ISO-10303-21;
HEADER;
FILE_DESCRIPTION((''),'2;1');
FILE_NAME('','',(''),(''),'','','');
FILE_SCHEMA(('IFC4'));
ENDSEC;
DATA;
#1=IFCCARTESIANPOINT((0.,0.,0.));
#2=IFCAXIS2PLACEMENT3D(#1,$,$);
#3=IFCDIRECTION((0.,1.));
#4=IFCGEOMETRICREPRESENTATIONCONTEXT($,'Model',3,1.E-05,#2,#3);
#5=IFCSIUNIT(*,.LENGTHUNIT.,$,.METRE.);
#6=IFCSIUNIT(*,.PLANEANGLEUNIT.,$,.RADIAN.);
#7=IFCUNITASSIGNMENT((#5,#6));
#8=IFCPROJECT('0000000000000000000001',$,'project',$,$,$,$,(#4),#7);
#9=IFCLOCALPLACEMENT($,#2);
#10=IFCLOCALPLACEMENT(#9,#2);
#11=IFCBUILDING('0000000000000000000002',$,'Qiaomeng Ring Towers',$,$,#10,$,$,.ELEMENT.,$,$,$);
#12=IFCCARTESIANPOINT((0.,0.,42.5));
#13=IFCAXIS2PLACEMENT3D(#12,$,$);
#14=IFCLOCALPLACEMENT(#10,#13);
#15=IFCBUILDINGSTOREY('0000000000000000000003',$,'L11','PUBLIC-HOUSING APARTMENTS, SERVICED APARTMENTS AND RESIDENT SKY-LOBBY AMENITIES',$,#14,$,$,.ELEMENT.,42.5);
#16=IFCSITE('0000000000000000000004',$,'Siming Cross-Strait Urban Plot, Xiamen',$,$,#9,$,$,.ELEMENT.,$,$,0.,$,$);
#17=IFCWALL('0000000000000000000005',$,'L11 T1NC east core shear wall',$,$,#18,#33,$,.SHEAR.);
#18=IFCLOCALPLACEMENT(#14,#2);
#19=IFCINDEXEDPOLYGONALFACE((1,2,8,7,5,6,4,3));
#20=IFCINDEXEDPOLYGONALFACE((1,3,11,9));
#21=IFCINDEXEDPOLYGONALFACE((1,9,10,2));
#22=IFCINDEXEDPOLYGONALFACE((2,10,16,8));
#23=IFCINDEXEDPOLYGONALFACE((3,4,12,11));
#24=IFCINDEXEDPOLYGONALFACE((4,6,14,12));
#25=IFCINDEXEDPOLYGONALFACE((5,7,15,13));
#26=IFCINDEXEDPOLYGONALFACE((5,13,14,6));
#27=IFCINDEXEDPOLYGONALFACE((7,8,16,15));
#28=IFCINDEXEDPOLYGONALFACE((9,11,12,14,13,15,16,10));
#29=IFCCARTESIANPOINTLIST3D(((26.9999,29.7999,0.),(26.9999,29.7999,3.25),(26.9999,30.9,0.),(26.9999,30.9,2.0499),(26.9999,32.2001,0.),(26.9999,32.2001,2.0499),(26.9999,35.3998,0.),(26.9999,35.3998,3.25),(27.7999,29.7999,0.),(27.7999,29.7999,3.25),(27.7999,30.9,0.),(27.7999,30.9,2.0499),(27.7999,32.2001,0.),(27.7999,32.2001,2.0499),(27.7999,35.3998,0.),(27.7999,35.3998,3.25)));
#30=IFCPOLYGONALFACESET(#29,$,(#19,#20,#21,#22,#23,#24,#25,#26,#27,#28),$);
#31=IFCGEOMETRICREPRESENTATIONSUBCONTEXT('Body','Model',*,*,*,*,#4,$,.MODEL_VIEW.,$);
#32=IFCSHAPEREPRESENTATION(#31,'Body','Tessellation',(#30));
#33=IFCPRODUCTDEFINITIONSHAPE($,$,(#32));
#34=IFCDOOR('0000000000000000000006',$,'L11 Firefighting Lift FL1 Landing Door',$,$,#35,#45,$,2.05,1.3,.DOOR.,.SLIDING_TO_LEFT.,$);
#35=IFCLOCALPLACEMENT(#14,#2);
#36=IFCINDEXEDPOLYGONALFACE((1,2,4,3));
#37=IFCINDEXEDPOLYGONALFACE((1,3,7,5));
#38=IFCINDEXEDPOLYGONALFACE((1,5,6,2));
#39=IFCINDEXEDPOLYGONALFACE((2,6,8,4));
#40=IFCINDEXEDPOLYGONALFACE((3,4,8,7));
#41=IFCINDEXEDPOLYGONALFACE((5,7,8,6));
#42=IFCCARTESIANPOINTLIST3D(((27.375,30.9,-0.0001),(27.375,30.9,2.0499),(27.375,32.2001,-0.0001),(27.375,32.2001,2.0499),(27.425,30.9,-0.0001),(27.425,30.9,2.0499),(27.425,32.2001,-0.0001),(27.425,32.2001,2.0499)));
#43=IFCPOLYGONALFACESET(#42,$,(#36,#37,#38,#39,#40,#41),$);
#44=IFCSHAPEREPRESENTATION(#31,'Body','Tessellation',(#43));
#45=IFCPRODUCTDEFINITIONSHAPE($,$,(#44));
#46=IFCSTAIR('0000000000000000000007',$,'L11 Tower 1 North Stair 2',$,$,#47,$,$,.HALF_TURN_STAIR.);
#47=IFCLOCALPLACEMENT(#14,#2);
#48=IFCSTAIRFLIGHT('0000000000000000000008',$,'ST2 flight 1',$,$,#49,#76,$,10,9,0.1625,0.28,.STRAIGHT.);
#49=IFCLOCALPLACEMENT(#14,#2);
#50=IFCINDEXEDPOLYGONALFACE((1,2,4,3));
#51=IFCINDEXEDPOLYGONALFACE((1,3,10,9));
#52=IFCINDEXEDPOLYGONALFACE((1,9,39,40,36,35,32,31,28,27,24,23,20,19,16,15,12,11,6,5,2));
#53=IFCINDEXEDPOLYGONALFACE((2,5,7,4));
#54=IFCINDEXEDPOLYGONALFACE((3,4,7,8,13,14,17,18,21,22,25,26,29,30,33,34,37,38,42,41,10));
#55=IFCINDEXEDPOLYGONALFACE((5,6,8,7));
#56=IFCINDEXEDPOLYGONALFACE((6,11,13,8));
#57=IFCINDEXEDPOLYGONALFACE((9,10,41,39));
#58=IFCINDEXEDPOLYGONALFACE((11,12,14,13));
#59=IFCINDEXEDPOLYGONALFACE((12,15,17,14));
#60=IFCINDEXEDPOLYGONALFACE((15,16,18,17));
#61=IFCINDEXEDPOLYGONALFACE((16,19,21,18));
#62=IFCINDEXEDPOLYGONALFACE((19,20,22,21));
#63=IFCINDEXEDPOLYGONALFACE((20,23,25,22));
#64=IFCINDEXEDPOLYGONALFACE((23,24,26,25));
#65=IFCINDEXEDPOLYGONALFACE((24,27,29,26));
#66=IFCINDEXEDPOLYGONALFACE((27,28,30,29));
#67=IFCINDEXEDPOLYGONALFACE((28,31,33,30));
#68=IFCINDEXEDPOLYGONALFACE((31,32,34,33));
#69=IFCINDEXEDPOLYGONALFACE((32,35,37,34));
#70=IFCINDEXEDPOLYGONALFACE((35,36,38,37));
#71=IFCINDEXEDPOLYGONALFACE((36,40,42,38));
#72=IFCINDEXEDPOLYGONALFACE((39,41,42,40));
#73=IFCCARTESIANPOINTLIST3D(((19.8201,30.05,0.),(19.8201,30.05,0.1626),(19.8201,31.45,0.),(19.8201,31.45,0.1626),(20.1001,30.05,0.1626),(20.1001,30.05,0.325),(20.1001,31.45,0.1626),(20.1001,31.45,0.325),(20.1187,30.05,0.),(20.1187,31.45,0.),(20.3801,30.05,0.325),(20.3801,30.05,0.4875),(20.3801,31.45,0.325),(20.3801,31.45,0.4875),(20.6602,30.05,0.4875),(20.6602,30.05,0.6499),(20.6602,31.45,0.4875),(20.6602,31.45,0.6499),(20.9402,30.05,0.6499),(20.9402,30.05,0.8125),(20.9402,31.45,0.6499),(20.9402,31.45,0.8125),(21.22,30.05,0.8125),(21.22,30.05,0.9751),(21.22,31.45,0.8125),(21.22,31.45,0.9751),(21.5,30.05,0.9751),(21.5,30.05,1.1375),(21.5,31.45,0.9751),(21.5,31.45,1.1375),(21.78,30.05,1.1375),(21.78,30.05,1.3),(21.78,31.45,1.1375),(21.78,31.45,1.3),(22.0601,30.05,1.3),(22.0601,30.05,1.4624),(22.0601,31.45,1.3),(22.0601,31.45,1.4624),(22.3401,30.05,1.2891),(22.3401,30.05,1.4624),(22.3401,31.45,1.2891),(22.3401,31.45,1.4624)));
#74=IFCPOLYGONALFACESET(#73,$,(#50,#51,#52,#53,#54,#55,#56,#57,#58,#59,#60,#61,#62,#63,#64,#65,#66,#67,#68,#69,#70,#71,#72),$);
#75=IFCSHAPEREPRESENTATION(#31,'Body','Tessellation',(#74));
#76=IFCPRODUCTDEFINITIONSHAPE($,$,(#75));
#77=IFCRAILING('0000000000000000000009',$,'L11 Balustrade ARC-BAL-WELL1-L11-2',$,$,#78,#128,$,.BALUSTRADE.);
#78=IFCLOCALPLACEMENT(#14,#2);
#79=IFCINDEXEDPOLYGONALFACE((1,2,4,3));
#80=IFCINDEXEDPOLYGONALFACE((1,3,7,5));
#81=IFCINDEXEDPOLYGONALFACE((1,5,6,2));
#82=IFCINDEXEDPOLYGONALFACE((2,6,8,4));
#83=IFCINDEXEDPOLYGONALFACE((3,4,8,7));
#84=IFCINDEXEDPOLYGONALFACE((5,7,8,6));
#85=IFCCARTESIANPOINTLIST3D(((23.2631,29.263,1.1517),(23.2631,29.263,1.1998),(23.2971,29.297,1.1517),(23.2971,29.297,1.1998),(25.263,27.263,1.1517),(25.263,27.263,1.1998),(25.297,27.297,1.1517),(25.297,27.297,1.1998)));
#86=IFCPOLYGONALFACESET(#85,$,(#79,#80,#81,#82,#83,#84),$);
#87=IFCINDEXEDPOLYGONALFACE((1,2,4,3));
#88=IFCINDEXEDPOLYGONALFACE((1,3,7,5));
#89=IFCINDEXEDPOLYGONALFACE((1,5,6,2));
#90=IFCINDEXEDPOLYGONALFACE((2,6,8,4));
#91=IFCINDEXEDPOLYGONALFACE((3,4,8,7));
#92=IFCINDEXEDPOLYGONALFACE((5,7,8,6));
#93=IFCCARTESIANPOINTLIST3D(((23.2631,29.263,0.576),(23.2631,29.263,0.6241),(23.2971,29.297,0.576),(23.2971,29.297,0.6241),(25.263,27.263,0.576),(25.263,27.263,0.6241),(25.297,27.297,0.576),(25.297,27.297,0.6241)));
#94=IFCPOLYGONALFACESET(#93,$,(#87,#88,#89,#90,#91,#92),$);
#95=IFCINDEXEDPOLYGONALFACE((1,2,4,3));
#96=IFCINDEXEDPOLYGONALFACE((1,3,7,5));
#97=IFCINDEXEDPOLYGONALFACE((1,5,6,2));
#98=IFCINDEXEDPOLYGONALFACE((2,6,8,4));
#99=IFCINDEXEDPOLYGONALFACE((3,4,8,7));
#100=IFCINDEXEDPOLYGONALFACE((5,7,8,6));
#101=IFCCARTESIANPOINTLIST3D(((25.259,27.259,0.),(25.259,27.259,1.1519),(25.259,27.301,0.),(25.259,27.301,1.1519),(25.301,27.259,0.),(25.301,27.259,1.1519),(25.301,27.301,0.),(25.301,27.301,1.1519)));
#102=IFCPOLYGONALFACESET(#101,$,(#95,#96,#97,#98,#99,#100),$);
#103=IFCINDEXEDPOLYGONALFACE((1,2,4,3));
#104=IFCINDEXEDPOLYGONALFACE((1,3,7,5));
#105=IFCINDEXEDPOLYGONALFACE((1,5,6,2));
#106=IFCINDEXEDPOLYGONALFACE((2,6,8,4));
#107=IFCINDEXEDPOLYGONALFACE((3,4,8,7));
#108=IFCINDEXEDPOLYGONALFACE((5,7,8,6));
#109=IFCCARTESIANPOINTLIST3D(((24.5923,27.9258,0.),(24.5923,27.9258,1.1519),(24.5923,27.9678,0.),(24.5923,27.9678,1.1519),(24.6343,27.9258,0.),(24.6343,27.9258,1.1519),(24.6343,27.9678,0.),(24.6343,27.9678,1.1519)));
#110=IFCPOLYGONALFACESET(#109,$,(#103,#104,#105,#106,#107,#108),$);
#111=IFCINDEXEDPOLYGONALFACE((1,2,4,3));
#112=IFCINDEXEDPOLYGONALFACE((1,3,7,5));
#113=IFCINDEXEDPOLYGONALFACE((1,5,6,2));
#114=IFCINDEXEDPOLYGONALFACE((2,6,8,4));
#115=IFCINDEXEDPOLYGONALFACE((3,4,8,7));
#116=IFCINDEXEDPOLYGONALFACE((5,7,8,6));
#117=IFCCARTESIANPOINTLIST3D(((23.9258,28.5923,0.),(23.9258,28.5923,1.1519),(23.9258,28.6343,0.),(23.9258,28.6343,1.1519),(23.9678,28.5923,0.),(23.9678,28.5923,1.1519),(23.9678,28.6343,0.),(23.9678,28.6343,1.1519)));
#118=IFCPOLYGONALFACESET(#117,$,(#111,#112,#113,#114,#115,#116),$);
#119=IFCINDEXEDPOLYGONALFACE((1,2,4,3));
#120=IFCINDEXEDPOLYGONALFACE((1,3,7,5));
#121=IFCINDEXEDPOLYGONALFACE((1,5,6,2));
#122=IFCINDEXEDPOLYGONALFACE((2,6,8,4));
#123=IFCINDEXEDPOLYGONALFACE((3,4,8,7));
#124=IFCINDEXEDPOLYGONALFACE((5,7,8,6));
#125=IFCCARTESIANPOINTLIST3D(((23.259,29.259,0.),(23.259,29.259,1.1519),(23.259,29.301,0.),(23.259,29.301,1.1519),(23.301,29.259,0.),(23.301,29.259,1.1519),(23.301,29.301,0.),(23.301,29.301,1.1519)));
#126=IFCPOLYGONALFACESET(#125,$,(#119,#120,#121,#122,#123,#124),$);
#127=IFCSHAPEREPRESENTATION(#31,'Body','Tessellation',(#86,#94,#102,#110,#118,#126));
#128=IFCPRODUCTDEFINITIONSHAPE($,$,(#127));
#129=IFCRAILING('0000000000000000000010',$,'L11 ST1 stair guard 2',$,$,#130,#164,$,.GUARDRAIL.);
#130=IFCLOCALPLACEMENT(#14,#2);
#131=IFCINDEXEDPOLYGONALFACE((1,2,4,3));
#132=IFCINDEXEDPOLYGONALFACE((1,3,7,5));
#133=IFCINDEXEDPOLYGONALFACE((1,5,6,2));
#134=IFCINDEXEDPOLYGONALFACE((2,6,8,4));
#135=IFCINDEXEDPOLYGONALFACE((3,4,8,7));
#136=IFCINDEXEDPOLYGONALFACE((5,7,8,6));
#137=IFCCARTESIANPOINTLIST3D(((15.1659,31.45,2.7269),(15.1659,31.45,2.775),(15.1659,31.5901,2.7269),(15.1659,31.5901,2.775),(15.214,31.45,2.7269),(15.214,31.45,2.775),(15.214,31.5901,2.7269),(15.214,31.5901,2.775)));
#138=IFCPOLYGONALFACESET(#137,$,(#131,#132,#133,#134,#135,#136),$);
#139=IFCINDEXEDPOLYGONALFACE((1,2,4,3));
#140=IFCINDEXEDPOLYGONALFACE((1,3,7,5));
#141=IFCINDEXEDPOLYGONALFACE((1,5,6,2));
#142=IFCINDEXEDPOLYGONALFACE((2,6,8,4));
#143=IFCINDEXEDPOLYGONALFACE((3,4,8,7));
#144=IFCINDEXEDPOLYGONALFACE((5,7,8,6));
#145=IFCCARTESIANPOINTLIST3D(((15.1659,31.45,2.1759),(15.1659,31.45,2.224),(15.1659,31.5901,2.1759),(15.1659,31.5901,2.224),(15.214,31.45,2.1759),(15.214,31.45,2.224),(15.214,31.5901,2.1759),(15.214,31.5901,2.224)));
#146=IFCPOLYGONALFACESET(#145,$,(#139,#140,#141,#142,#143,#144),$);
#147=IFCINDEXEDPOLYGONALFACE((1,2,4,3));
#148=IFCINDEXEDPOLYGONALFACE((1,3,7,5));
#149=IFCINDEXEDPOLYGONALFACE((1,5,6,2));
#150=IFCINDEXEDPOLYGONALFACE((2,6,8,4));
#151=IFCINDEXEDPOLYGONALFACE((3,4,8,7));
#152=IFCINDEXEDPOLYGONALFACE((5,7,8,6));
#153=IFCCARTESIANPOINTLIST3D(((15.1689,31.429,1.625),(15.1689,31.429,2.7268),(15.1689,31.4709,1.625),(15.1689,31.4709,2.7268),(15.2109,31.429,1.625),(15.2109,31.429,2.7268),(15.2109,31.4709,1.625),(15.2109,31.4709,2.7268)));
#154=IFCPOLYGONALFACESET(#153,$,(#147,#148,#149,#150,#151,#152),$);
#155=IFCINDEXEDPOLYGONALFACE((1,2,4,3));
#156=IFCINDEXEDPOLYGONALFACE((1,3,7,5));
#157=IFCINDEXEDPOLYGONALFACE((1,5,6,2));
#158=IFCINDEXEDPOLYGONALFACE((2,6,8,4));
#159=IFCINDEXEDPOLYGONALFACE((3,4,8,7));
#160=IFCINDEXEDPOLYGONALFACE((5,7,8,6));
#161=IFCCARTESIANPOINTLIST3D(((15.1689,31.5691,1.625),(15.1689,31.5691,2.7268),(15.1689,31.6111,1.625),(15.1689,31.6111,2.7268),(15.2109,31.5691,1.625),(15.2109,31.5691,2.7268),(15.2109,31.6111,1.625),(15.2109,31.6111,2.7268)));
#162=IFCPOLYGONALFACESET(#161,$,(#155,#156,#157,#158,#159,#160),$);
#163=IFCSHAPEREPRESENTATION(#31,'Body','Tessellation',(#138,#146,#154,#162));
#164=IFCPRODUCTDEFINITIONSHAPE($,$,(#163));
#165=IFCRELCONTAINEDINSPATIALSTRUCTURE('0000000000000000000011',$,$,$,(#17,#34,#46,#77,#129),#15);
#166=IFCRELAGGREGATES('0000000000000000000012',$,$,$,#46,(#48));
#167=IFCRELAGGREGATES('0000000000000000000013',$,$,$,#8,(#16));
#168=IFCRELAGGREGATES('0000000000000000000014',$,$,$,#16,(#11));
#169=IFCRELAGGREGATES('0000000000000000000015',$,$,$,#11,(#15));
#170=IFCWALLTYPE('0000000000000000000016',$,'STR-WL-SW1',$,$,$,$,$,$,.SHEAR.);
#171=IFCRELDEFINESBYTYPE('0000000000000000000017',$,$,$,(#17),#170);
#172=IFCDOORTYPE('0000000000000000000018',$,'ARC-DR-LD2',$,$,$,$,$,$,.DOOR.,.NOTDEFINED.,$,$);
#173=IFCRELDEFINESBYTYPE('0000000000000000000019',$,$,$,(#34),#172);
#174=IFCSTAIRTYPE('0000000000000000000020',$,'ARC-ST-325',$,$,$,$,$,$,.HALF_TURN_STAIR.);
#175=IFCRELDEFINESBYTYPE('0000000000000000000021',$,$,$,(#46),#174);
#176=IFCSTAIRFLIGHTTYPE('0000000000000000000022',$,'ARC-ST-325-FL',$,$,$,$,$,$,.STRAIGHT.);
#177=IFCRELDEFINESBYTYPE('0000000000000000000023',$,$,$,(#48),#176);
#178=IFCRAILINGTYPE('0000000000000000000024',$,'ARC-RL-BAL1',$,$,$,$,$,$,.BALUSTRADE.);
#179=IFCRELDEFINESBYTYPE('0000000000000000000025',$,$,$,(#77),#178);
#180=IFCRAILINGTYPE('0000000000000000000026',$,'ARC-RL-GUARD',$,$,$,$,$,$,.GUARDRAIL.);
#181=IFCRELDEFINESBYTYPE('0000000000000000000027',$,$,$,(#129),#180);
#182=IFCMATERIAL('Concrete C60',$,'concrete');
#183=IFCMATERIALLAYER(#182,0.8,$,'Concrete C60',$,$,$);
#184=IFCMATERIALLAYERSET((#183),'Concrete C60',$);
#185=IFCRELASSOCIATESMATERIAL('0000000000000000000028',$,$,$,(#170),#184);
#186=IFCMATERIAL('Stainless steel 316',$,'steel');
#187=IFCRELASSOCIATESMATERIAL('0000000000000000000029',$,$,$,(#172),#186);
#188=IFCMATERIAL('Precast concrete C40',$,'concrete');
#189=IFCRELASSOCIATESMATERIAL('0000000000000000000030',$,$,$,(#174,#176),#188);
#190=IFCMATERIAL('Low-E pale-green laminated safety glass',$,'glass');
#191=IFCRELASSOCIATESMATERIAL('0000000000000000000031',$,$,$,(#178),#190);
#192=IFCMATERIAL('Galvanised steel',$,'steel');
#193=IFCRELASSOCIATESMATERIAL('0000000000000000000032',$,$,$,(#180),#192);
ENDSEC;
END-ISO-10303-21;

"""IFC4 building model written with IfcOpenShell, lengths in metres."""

from ifc_helpers import new_model, si_unit, direction, frame, frame_2d, origin, origin_2d, place, context, subcontext, project, spatial, polyline, rectangle, outline, extrude, source, transform, mapped, material, layer, layer_set, type_object, element, fill, aggregate, save


model = new_model("IFC4")

# Units and contexts
model_context = context("Model", 3, precision=1e-05, world=origin(), true_north=direction((0.0, 1.0)))
body_context = subcontext(model_context, "Body", "Model", "MODEL_VIEW")
ifc_project = project(units=[si_unit("LENGTHUNIT", "METRE"), si_unit("PLANEANGLEUNIT", "RADIAN")], contexts=[model_context])

# Site, building, storey
site_placement = place(None, origin())
site = spatial("IfcSite", under=ifc_project, at=site_placement, Name="Siming Cross-Strait Urban Plot, Xiamen", CompositionType="ELEMENT", RefElevation=0.0)
building_placement = place(site_placement, origin())
building = spatial("IfcBuilding", under=site, at=building_placement, Name="Qiaomeng Ring Towers", CompositionType="ELEMENT")
storey_placement = place(building_placement, frame((0.0, 0.0, 42.5)))
storey = spatial("IfcBuildingStorey", under=building, at=storey_placement, Name="L11", Description="PUBLIC-HOUSING APARTMENTS, SERVICED APARTMENTS AND RESIDENT SKY-LOBBY AMENITIES", CompositionType="ELEMENT", Elevation=42.5)

# Shared definitions
ifc_material_1 = material(Name="Galvanised steel", Category="steel")

# Wall, opening, door
ifc_material_2 = material(Name="Concrete C60", Category="concrete")
ifc_layer_1 = layer(ifc_material_2, 0.8, Name="Concrete C60")
ifc_layer_set_1 = layer_set([ifc_layer_1], Name="Concrete C60")
wall_type_1 = type_object("IfcWallType", Name="STR-WL-SW1", PredefinedType="SHEAR", material=ifc_layer_set_1)
wall_1_placement = place(storey_placement, frame((27.3999, 29.8, 0.0), z_axis=(0.0, 0.0, 1.0), x_axis=(0.0, 1.0, 0.0)))
wall_1 = element("IfcWall", 1, at=wall_1_placement, inside=storey, type_object=wall_type_1, Name="L11 T1NC east core shear wall", PredefinedType="SHEAR", context=body_context, shape_type="SweptSolid", body=[
    extrude(rectangle(XDim=5.5999, YDim=0.8, at=frame_2d((2.7998, 0.0))), origin(), (0.0, 0.0, 1.0), 3.25),
])
opening_1_placement = place(wall_1_placement, frame((1.1001, 0.0, 0.0)))
opening_1 = element("IfcOpeningElement", 2, at=opening_1_placement, cuts=wall_1, PredefinedType="OPENING", context=body_context, shape_type="SweptSolid", body=[
    extrude(rectangle(XDim=1.3, YDim=2.05, at=frame_2d((0.6499, 1.0249))), frame((0.0, 0.4099, 0.0), z_axis=(0.0, -1.0, 0.0), x_axis=(1.0, 0.0, 0.0)), (0.0, 0.0, 1.0), 0.8201),
])
ifc_material_3 = material(Name="Stainless steel 316", Category="steel")
door_type_1 = type_object("IfcDoorType", Name="ARC-DR-LD2", OperationType="NOTDEFINED", PredefinedType="DOOR", material=ifc_material_3)
shared_shape_1 = source(origin(), body_context, "Body", "SweptSolid", [
    extrude(rectangle(XDim=1.3, YDim=2.05, at=frame_2d((0.6499, 1.0249))), frame((0.0, 0.0249, 0.0), z_axis=(0.0, -1.0, 0.0), x_axis=(1.0, 0.0, 0.0)), (0.0, 0.0, 1.0), 0.05),
])
door_1_placement = place(opening_1_placement, origin())
door_1 = element("IfcDoor", 3, at=door_1_placement, inside=storey, type_object=door_type_1, Name="L11 Firefighting Lift FL1 Landing Door", OperationType="SLIDING_TO_LEFT", OverallHeight=2.05, OverallWidth=1.3, PredefinedType="DOOR", context=body_context, shape_type="MappedRepresentation", body=[
    mapped(shared_shape_1, transform((0.0, 0.0, 0.0), x_axis=(1.0, 0.0, 0.0), y_axis=(0.0, 1.0, 0.0), z_axis=(0.0, 0.0, 1.0), scale=1.0)),
])
fill(opening_1, door_1)

# Stair, stair flight
ifc_material_4 = material(Name="Precast concrete C40", Category="concrete")
stair_type = type_object("IfcStairType", Name="ARC-ST-325", PredefinedType="HALF_TURN_STAIR", material=ifc_material_4)
stair_placement = place(storey_placement, origin())
stair = element("IfcStair", 4, at=stair_placement, inside=storey, type_object=stair_type, Name="L11 Tower 1 North Stair 2", PredefinedType="HALF_TURN_STAIR")
stair_flight_type = type_object("IfcStairFlightType", Name="ARC-ST-325-FL", PredefinedType="STRAIGHT", material=ifc_material_4)
shared_shape_2 = source(origin(), body_context, "Body", "SweptSolid", [
    extrude(outline(polyline([(0.0, 0.0), (0.0, 0.1626), (0.28, 0.1626), (0.28, 0.325), (0.5601, 0.325), (0.5601, 0.4875), (0.8401, 0.4875), (0.8401, 0.6499), (1.1201, 0.6499), (1.1201, 0.8125), (1.3999, 0.8125), (1.3999, 0.9751), (1.6799, 0.9751), (1.6799, 1.1375), (1.96, 1.1375), (1.96, 1.3), (2.24, 1.3), (2.24, 1.4624), (2.52, 1.4624), (2.52, 1.625), (2.52, 1.2891), (0.2986, 0.0), (0.0, 0.0)])), frame((0.0, 0.7, 0.0), z_axis=(0.0, -1.0, 0.0), x_axis=(1.0, 0.0, 0.0)), (0.0, 0.0, 1.0), 1.3999),
])
stair_flight_placement = place(storey_placement, frame((19.8201, 30.75, 0.0), z_axis=(0.0, 0.0, 1.0), x_axis=(1.0, 0.0, 0.0)))
stair_flight = element("IfcStairFlight", 5, at=stair_flight_placement, type_object=stair_flight_type, Name="ST2 flight 1", NumberOfRisers=10, NumberOfTreads=9, PredefinedType="STRAIGHT", RiserHeight=0.1625, TreadLength=0.28, context=body_context, shape_type="MappedRepresentation", body=[
    mapped(shared_shape_2, transform((0.0, 0.0, 0.0), x_axis=(1.0, 0.0, 0.0), y_axis=(0.0, 1.0, 0.0), z_axis=(0.0, 0.0, 1.0), scale=1.0)),
])
aggregate(stair, [stair_flight])

# Railings
ifc_material_5 = material(Name="Low-E pale-green laminated safety glass", Category="glass")
railing_type_1 = type_object("IfcRailingType", Name="ARC-RL-BAL1", PredefinedType="BALUSTRADE", material=ifc_material_5)
railing_1_placement = place(storey_placement, frame((25.28, 27.28, 0.0)))
element("IfcRailing", 6, at=railing_1_placement, inside=storey, type_object=railing_type_1, Name="L11 Balustrade ARC-BAL-WELL1-L11-2", PredefinedType="BALUSTRADE", context=body_context, shape_type="SweptSolid", body=[
    extrude(rectangle(XDim=0.0481, YDim=0.0481, at=origin_2d()), frame((0.0, 0.0, 1.1758), z_axis=(-0.707107, 0.707107, 0.0), x_axis=(-0.707107, -0.707107, 0.0)), (0.0, 0.0, 1.0), 2.8284),
    extrude(rectangle(XDim=0.0481, YDim=0.0481, at=origin_2d()), frame((0.0, 0.0, 0.6001), z_axis=(-0.707107, 0.707107, 0.0), x_axis=(-0.707107, -0.707107, 0.0)), (0.0, 0.0, 1.0), 2.8284),
    extrude(rectangle(XDim=0.042, YDim=0.042, at=origin_2d()), origin(), (0.0, 0.0, 1.0), 1.1519),
    extrude(rectangle(XDim=0.042, YDim=0.042, at=origin_2d()), frame((-0.6667, 0.6667, 0.0)), (0.0, 0.0, 1.0), 1.1519),
    extrude(rectangle(XDim=0.042, YDim=0.042, at=origin_2d()), frame((-1.3333, 1.3333, 0.0)), (0.0, 0.0, 1.0), 1.1519),
    extrude(rectangle(XDim=0.042, YDim=0.042, at=origin_2d()), frame((-2.0, 2.0, 0.0)), (0.0, 0.0, 1.0), 1.1519),
])
railing_type_2 = type_object("IfcRailingType", Name="ARC-RL-GUARD", PredefinedType="GUARDRAIL", material=ifc_material_1)
railing_2_placement = place(storey_placement, frame((15.1899, 31.45, 1.625)))
element("IfcRailing", 7, at=railing_2_placement, inside=storey, type_object=railing_type_2, Name="L11 ST1 stair guard 2", PredefinedType="GUARDRAIL", context=body_context, shape_type="SweptSolid", body=[
    extrude(rectangle(XDim=0.0481, YDim=0.0481, at=origin_2d()), frame((0.0, 0.0, 1.126), z_axis=(0.0, 1.0, 0.0), x_axis=(-1.0, 0.0, 0.0)), (0.0, 0.0, 1.0), 0.1401),
    extrude(rectangle(XDim=0.0481, YDim=0.0481, at=origin_2d()), frame((0.0, 0.0, 0.575), z_axis=(0.0, 1.0, 0.0), x_axis=(-1.0, 0.0, 0.0)), (0.0, 0.0, 1.0), 0.1401),
    extrude(rectangle(XDim=0.042, YDim=0.042, at=origin_2d()), origin(), (0.0, 0.0, 1.0), 1.1018),
    extrude(rectangle(XDim=0.042, YDim=0.042, at=origin_2d()), frame((0.0, 0.1401, 0.0)), (0.0, 0.0, 1.0), 1.1018),
])

save(model, "model.ifc")
